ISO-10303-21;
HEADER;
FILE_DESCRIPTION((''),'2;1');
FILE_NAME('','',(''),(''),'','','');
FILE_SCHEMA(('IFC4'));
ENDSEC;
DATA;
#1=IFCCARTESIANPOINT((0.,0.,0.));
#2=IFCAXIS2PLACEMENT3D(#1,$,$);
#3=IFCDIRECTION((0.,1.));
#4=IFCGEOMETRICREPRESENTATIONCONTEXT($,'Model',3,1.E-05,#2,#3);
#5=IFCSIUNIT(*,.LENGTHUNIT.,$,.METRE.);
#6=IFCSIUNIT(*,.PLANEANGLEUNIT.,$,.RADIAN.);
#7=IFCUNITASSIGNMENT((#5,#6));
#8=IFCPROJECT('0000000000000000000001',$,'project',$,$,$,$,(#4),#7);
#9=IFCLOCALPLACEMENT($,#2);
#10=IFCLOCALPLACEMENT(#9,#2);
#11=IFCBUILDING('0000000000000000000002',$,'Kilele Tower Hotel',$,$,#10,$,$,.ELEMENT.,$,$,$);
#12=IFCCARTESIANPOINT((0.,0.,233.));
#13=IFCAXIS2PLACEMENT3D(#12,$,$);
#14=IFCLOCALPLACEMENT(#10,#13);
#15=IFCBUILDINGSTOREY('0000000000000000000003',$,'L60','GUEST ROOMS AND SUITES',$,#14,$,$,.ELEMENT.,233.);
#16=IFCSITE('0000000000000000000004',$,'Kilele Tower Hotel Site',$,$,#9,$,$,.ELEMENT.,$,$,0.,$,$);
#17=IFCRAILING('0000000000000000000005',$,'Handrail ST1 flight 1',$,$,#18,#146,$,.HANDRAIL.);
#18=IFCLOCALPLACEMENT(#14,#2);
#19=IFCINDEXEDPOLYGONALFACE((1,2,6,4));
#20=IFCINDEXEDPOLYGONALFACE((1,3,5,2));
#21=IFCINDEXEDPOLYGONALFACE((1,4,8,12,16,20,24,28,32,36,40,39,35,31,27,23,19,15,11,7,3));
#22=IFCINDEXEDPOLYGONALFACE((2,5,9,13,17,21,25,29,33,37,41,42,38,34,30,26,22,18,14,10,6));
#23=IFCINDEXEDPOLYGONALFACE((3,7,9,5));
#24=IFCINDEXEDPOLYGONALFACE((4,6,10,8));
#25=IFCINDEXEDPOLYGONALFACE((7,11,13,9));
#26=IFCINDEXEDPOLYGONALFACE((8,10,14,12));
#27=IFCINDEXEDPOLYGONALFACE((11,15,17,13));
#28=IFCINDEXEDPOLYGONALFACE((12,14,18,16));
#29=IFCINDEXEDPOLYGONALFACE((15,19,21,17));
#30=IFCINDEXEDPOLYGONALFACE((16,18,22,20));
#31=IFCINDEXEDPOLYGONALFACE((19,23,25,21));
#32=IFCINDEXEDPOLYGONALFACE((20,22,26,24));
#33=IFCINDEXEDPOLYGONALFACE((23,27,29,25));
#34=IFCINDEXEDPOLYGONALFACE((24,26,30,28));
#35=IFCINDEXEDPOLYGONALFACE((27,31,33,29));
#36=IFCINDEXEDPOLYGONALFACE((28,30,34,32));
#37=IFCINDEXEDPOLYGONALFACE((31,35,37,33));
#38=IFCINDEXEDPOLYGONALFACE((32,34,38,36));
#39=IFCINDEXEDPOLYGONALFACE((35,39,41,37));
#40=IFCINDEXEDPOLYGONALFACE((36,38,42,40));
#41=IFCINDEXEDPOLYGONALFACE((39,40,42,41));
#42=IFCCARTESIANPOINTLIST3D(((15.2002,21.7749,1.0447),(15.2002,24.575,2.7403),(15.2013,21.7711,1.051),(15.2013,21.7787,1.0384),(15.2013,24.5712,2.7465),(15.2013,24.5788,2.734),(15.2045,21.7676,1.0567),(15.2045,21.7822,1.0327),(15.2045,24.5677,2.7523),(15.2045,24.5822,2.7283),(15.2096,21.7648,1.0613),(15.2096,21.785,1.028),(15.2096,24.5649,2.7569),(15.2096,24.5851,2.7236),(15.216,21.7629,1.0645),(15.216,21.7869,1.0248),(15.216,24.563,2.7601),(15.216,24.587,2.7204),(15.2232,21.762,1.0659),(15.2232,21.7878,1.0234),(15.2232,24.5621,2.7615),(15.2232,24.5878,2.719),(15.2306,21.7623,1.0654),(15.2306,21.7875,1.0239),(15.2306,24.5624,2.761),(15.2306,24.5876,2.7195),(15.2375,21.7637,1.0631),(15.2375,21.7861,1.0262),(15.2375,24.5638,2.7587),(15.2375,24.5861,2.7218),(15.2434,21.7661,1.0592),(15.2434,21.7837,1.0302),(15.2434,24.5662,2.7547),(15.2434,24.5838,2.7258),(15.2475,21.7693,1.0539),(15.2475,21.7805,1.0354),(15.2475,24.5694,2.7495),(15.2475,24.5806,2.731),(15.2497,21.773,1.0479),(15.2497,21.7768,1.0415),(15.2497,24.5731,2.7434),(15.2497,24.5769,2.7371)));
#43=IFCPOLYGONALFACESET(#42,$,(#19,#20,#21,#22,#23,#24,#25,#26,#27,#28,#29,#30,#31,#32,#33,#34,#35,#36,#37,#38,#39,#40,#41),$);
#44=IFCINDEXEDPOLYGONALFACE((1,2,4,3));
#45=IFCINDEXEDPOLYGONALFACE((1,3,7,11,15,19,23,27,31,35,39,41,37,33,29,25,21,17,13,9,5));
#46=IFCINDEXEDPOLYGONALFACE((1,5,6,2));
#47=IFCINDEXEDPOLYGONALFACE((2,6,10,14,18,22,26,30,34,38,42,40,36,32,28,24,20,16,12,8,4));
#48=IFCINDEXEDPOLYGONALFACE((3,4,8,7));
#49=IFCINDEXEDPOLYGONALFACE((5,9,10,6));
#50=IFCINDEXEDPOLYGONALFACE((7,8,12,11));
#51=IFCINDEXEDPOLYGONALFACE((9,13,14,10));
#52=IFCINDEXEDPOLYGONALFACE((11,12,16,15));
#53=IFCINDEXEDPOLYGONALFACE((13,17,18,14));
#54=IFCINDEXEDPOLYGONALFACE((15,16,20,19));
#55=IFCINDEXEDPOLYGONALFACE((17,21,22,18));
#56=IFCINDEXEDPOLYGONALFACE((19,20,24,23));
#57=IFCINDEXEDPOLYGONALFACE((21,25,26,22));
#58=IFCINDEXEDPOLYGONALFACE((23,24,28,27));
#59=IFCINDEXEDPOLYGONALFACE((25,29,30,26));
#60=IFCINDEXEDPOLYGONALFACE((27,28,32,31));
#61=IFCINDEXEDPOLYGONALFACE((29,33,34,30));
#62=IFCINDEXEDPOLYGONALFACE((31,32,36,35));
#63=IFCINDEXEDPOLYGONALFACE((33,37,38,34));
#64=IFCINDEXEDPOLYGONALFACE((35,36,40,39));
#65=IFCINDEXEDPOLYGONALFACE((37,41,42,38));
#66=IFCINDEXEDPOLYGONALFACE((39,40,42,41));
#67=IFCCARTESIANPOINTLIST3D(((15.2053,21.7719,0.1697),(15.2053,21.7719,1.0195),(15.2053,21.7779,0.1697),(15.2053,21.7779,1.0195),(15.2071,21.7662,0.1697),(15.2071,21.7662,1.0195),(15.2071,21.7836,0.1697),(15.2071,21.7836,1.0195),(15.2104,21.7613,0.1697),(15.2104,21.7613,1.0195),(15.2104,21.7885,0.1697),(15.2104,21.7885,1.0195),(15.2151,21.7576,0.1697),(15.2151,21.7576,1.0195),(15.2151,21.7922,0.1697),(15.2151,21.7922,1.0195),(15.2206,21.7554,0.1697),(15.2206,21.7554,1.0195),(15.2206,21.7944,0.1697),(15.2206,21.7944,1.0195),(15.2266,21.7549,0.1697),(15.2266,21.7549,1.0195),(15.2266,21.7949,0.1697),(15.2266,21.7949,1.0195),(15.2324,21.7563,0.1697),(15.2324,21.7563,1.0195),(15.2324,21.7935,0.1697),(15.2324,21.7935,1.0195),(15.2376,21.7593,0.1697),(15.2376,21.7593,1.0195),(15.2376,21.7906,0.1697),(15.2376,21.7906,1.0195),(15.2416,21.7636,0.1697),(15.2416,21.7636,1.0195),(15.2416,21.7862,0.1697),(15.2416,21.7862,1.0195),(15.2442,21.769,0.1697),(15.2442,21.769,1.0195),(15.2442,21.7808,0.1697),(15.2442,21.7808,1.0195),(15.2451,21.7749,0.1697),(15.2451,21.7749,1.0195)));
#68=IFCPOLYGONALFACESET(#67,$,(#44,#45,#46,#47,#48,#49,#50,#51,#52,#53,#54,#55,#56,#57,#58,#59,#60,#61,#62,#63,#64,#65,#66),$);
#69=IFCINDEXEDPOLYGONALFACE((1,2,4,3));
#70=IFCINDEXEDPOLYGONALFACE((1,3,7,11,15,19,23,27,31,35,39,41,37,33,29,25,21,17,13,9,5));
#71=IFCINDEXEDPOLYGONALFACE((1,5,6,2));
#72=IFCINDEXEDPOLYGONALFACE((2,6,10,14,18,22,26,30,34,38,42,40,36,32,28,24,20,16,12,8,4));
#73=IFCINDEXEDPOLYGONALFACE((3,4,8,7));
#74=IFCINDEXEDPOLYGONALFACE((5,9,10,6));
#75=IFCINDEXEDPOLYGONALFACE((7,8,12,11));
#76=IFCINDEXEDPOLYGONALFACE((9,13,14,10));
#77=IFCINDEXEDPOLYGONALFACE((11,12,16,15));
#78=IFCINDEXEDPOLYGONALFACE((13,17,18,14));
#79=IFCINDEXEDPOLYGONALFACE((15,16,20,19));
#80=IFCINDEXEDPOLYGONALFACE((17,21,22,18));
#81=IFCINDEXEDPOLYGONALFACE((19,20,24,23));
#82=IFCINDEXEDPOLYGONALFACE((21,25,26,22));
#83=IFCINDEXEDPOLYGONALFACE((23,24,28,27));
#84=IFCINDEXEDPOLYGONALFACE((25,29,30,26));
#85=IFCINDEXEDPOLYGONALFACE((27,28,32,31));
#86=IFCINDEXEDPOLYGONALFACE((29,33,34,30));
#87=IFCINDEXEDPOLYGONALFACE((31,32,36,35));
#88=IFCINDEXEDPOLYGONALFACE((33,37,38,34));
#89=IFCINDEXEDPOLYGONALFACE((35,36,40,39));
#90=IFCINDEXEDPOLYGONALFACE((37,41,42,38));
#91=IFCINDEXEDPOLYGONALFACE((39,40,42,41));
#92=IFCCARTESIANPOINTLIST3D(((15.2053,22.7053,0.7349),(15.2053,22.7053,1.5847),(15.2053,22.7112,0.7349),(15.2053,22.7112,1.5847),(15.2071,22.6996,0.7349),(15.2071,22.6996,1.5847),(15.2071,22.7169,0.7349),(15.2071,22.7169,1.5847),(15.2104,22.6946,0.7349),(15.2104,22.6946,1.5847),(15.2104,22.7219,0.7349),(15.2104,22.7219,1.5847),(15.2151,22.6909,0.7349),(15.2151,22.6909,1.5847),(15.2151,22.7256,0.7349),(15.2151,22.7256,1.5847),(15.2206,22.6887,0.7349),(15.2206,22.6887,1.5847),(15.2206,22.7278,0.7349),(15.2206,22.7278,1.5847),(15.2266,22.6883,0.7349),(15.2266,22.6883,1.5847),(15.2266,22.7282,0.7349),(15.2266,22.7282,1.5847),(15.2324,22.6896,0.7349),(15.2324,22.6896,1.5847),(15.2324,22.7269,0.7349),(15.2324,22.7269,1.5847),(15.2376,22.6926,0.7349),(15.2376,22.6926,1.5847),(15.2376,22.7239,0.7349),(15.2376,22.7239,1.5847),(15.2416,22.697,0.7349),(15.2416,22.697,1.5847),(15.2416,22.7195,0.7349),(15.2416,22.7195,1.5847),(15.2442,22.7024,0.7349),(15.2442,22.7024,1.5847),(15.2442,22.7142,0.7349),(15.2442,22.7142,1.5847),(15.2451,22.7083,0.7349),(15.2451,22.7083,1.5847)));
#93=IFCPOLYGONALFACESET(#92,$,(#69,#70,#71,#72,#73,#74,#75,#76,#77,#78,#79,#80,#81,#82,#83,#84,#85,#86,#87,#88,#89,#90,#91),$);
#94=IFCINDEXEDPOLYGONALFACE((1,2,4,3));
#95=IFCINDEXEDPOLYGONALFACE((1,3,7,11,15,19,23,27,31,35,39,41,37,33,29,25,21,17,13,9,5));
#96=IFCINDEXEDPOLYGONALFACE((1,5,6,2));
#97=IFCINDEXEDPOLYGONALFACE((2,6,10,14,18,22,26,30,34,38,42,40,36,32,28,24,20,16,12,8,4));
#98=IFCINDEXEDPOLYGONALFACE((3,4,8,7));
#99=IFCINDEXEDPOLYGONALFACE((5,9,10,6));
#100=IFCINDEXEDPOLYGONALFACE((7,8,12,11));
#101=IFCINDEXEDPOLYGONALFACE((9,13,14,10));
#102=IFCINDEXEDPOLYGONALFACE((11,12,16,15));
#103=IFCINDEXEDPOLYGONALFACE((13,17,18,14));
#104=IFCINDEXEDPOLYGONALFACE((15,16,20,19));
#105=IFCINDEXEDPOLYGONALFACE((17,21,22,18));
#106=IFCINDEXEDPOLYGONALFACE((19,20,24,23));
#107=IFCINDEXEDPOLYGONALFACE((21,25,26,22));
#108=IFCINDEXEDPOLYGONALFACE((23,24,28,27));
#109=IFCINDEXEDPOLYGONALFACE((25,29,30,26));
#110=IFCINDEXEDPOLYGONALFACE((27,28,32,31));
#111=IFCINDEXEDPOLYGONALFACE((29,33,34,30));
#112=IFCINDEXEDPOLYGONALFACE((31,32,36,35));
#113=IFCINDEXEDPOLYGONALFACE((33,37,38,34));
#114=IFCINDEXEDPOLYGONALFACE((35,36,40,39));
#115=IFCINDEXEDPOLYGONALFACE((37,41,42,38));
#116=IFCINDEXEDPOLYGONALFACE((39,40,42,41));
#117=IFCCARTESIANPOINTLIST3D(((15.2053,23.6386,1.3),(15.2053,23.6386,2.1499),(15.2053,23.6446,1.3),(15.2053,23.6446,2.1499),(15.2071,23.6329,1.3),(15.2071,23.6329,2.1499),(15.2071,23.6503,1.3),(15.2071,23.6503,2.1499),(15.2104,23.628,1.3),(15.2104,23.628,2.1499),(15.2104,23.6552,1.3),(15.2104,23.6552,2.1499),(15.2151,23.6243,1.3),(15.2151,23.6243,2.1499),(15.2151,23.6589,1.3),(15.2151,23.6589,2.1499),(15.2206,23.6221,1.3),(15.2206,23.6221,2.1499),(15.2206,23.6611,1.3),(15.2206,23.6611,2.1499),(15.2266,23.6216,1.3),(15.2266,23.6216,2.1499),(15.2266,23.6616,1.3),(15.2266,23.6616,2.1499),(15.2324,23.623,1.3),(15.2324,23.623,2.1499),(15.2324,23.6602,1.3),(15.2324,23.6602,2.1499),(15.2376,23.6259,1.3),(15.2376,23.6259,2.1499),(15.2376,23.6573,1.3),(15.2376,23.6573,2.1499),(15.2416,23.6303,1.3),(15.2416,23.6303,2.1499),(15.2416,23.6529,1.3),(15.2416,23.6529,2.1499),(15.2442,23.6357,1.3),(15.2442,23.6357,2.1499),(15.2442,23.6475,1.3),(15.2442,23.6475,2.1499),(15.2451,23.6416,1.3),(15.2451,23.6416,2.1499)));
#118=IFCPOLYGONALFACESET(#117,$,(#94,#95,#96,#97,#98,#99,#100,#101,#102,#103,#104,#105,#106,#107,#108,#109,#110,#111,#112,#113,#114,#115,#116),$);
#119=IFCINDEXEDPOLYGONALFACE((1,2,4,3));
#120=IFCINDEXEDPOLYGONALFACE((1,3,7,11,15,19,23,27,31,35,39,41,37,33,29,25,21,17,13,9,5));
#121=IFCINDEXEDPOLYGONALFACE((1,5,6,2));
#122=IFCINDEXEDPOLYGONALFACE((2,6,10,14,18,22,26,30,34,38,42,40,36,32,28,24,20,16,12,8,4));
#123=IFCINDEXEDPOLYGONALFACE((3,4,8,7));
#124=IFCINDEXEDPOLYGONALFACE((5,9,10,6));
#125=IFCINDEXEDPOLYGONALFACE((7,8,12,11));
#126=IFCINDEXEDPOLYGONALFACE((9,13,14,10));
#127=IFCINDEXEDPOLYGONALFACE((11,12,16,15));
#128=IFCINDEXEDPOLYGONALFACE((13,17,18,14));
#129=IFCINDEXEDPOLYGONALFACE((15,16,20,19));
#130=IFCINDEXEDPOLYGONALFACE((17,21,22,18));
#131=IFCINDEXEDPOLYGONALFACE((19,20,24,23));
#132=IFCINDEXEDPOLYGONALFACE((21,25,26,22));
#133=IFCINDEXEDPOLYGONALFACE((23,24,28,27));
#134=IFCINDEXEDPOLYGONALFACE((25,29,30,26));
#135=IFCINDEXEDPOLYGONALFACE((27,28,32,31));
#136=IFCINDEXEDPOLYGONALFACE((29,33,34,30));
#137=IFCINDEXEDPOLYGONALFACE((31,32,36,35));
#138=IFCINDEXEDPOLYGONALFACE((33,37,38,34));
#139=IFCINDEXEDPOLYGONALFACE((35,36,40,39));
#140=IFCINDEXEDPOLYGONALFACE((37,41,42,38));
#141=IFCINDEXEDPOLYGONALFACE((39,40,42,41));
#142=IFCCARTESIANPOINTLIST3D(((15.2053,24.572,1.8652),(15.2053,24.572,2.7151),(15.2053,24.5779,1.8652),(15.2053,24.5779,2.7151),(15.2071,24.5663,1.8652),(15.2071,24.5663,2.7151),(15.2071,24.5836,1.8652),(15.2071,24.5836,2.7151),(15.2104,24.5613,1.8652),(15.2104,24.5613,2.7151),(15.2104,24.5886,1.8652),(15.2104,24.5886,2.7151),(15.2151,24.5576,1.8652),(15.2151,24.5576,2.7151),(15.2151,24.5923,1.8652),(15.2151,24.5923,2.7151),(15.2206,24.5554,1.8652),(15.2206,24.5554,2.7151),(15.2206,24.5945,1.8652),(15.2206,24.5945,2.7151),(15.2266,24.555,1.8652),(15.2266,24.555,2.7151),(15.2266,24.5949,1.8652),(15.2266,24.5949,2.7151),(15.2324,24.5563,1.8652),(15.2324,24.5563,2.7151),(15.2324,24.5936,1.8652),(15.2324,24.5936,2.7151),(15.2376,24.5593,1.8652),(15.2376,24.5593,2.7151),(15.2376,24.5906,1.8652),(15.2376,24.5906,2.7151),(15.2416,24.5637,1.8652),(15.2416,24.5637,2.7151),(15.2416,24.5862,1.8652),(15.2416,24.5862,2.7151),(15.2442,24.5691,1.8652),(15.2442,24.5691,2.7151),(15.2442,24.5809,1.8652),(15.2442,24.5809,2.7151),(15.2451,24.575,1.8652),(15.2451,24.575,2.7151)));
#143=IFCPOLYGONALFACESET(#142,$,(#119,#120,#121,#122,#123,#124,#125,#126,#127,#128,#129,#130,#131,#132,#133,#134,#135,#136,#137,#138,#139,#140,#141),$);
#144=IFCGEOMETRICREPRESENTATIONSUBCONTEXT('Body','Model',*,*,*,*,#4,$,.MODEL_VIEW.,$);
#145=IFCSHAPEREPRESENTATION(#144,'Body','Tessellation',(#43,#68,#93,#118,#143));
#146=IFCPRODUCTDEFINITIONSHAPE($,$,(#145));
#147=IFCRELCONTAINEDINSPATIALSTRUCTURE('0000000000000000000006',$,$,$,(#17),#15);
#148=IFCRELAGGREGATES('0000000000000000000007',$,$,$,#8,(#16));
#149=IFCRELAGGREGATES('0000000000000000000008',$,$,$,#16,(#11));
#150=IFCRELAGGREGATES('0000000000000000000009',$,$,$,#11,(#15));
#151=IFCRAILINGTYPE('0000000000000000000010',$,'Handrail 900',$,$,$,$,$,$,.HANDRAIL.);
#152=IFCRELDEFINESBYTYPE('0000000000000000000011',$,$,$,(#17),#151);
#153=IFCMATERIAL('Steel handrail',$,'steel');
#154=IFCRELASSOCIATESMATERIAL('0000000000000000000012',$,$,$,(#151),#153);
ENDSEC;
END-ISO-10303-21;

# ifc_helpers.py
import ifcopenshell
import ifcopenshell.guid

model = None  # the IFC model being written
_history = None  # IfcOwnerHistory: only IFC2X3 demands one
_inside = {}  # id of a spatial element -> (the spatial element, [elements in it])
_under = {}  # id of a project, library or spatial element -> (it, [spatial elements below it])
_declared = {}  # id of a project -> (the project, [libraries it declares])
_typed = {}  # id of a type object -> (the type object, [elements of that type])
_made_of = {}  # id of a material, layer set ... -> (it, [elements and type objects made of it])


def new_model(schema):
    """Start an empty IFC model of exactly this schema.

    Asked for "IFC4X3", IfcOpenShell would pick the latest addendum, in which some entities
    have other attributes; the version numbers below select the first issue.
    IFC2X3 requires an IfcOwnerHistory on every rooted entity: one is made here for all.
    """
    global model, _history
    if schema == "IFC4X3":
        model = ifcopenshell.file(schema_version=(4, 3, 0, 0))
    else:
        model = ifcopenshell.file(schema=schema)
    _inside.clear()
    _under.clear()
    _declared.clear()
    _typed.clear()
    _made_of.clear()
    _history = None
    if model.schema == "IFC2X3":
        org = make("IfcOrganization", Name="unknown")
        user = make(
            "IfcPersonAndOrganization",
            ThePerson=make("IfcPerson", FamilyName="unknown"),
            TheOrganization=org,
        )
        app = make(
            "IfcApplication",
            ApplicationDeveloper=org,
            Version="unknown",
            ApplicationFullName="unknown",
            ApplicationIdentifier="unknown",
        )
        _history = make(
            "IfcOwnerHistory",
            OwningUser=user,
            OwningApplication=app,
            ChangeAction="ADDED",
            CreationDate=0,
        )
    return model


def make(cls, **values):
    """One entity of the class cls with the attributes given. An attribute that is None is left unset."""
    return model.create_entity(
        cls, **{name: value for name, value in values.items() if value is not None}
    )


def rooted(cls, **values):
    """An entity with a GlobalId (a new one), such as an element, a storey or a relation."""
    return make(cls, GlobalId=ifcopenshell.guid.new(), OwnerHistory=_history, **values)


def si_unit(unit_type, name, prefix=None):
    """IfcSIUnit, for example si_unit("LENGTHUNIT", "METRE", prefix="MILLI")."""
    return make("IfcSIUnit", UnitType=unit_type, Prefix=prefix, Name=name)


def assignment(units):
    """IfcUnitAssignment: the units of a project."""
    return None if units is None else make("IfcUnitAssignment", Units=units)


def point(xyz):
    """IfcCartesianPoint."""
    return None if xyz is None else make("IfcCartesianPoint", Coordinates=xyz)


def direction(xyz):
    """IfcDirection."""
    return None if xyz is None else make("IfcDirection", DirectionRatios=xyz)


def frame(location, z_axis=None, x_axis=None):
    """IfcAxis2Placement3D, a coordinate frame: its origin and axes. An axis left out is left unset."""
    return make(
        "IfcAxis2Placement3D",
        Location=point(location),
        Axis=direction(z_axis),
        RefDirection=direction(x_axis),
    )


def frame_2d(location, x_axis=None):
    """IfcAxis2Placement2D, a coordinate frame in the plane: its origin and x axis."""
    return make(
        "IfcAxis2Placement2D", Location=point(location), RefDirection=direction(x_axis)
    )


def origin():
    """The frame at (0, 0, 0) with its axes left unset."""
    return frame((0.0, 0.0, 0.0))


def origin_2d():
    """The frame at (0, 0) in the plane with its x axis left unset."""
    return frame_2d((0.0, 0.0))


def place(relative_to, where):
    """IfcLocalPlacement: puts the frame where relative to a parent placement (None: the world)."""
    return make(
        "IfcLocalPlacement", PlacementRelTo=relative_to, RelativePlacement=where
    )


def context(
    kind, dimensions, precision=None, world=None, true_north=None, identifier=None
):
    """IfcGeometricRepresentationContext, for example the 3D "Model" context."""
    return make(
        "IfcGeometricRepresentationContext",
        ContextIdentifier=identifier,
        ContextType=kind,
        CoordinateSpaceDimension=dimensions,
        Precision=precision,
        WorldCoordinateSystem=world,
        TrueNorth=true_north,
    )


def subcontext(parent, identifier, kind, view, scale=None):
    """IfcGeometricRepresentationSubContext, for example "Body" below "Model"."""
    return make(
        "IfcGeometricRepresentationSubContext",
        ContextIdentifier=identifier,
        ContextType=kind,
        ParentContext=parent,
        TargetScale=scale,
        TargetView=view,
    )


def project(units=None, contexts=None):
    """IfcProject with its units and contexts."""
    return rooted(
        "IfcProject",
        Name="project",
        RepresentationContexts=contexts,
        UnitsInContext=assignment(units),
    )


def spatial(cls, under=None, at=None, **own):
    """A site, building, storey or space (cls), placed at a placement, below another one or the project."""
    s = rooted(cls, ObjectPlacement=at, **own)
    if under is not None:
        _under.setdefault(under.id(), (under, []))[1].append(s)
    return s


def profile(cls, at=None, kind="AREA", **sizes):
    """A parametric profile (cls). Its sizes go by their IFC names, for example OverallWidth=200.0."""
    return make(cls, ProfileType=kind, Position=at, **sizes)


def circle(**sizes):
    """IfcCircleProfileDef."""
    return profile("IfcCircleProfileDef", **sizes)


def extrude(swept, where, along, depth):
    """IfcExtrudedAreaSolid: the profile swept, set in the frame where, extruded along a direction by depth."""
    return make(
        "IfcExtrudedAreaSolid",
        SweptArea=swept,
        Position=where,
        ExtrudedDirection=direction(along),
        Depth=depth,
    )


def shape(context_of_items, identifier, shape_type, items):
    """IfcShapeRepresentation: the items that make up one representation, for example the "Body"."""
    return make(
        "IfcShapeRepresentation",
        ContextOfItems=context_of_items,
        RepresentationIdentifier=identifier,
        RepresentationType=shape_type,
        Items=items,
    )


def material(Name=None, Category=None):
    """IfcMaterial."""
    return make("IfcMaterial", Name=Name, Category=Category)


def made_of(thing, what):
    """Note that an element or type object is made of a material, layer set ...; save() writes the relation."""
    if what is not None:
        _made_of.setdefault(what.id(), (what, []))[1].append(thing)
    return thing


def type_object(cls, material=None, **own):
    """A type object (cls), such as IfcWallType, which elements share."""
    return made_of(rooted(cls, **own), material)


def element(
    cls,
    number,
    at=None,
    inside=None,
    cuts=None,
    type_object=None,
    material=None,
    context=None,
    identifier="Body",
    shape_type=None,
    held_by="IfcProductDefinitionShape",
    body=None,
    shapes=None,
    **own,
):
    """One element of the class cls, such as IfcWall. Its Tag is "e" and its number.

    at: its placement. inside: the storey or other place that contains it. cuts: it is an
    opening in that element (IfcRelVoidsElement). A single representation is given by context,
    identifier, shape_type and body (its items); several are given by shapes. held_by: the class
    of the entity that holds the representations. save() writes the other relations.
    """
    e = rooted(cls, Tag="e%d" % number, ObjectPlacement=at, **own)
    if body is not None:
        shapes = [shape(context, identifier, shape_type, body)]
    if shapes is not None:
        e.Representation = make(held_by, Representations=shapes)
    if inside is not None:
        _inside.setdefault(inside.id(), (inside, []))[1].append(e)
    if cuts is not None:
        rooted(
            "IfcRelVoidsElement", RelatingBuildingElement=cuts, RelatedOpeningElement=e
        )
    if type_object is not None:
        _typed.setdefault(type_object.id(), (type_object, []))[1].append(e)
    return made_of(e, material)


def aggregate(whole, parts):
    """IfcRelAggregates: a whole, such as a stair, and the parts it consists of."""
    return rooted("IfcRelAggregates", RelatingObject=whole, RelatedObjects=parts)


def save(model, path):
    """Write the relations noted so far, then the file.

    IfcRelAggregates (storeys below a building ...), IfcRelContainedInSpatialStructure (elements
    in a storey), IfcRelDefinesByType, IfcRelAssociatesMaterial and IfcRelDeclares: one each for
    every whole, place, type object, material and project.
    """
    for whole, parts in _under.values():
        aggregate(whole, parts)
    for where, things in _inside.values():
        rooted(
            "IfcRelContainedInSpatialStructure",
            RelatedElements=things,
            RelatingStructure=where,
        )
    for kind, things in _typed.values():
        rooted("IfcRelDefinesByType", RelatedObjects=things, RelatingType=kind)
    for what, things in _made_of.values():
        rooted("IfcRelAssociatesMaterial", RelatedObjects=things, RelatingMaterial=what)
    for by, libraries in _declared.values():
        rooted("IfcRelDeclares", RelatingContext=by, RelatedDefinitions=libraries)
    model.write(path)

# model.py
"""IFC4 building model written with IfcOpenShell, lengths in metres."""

from ifc_helpers import new_model, si_unit, direction, frame, origin, origin_2d, place, context, subcontext, project, spatial, circle, extrude, material, type_object, element, save


model = new_model("IFC4")

# Units and contexts
model_context = context("Model", 3, precision=1e-05, world=origin(), true_north=direction((0.0, 1.0)))
body_context = subcontext(model_context, "Body", "Model", "MODEL_VIEW")
ifc_project = project(units=[si_unit("LENGTHUNIT", "METRE"), si_unit("PLANEANGLEUNIT", "RADIAN")], contexts=[model_context])

# Site, building, storey
site_placement = place(None, origin())
site = spatial("IfcSite", under=ifc_project, at=site_placement, Name="Kilele Tower Hotel Site", CompositionType="ELEMENT", RefElevation=0.0)
building_placement = place(site_placement, origin())
building = spatial("IfcBuilding", under=site, at=building_placement, Name="Kilele Tower Hotel", CompositionType="ELEMENT")
storey_placement = place(building_placement, frame((0.0, 0.0, 233.0)))
storey = spatial("IfcBuildingStorey", under=building, at=storey_placement, Name="L60", Description="GUEST ROOMS AND SUITES", CompositionType="ELEMENT", Elevation=233.0)

# Railing
ifc_material_1 = material(Name="Steel handrail", Category="steel")
railing_type_1 = type_object("IfcRailingType", Name="Handrail 900", PredefinedType="HANDRAIL", material=ifc_material_1)
for number, where, name in (
    (1, (15.2251, 21.7749, 0.1697), "Handrail ST1 flight 1"),
):
    element("IfcRailing", number, at=place(storey_placement, frame(where)), inside=storey, type_object=railing_type_1, Name=name, PredefinedType="HANDRAIL", context=body_context, shape_type="SweptSolid", body=[
        extrude(circle(Radius=0.0249, at=origin_2d()), frame((0.0, 0.0, 0.875), z_axis=(0.0, 0.855393, 0.517979), x_axis=(-1.0, 0.0, 0.0)), (0.0, 0.0, 1.0), 3.2734),
        extrude(circle(Radius=0.02, at=origin_2d()), origin(), (0.0, 0.0, 1.0), 0.8499),
        extrude(circle(Radius=0.02, at=origin_2d()), frame((0.0, 0.9333, 0.5652)), (0.0, 0.0, 1.0), 0.8499),
        extrude(circle(Radius=0.02, at=origin_2d()), frame((0.0, 1.8667, 1.1304)), (0.0, 0.0, 1.0), 0.8499),
        extrude(circle(Radius=0.02, at=origin_2d()), frame((0.0, 2.8, 1.6956)), (0.0, 0.0, 1.0), 0.8499),
    ])

save(model, "model.ifc")
